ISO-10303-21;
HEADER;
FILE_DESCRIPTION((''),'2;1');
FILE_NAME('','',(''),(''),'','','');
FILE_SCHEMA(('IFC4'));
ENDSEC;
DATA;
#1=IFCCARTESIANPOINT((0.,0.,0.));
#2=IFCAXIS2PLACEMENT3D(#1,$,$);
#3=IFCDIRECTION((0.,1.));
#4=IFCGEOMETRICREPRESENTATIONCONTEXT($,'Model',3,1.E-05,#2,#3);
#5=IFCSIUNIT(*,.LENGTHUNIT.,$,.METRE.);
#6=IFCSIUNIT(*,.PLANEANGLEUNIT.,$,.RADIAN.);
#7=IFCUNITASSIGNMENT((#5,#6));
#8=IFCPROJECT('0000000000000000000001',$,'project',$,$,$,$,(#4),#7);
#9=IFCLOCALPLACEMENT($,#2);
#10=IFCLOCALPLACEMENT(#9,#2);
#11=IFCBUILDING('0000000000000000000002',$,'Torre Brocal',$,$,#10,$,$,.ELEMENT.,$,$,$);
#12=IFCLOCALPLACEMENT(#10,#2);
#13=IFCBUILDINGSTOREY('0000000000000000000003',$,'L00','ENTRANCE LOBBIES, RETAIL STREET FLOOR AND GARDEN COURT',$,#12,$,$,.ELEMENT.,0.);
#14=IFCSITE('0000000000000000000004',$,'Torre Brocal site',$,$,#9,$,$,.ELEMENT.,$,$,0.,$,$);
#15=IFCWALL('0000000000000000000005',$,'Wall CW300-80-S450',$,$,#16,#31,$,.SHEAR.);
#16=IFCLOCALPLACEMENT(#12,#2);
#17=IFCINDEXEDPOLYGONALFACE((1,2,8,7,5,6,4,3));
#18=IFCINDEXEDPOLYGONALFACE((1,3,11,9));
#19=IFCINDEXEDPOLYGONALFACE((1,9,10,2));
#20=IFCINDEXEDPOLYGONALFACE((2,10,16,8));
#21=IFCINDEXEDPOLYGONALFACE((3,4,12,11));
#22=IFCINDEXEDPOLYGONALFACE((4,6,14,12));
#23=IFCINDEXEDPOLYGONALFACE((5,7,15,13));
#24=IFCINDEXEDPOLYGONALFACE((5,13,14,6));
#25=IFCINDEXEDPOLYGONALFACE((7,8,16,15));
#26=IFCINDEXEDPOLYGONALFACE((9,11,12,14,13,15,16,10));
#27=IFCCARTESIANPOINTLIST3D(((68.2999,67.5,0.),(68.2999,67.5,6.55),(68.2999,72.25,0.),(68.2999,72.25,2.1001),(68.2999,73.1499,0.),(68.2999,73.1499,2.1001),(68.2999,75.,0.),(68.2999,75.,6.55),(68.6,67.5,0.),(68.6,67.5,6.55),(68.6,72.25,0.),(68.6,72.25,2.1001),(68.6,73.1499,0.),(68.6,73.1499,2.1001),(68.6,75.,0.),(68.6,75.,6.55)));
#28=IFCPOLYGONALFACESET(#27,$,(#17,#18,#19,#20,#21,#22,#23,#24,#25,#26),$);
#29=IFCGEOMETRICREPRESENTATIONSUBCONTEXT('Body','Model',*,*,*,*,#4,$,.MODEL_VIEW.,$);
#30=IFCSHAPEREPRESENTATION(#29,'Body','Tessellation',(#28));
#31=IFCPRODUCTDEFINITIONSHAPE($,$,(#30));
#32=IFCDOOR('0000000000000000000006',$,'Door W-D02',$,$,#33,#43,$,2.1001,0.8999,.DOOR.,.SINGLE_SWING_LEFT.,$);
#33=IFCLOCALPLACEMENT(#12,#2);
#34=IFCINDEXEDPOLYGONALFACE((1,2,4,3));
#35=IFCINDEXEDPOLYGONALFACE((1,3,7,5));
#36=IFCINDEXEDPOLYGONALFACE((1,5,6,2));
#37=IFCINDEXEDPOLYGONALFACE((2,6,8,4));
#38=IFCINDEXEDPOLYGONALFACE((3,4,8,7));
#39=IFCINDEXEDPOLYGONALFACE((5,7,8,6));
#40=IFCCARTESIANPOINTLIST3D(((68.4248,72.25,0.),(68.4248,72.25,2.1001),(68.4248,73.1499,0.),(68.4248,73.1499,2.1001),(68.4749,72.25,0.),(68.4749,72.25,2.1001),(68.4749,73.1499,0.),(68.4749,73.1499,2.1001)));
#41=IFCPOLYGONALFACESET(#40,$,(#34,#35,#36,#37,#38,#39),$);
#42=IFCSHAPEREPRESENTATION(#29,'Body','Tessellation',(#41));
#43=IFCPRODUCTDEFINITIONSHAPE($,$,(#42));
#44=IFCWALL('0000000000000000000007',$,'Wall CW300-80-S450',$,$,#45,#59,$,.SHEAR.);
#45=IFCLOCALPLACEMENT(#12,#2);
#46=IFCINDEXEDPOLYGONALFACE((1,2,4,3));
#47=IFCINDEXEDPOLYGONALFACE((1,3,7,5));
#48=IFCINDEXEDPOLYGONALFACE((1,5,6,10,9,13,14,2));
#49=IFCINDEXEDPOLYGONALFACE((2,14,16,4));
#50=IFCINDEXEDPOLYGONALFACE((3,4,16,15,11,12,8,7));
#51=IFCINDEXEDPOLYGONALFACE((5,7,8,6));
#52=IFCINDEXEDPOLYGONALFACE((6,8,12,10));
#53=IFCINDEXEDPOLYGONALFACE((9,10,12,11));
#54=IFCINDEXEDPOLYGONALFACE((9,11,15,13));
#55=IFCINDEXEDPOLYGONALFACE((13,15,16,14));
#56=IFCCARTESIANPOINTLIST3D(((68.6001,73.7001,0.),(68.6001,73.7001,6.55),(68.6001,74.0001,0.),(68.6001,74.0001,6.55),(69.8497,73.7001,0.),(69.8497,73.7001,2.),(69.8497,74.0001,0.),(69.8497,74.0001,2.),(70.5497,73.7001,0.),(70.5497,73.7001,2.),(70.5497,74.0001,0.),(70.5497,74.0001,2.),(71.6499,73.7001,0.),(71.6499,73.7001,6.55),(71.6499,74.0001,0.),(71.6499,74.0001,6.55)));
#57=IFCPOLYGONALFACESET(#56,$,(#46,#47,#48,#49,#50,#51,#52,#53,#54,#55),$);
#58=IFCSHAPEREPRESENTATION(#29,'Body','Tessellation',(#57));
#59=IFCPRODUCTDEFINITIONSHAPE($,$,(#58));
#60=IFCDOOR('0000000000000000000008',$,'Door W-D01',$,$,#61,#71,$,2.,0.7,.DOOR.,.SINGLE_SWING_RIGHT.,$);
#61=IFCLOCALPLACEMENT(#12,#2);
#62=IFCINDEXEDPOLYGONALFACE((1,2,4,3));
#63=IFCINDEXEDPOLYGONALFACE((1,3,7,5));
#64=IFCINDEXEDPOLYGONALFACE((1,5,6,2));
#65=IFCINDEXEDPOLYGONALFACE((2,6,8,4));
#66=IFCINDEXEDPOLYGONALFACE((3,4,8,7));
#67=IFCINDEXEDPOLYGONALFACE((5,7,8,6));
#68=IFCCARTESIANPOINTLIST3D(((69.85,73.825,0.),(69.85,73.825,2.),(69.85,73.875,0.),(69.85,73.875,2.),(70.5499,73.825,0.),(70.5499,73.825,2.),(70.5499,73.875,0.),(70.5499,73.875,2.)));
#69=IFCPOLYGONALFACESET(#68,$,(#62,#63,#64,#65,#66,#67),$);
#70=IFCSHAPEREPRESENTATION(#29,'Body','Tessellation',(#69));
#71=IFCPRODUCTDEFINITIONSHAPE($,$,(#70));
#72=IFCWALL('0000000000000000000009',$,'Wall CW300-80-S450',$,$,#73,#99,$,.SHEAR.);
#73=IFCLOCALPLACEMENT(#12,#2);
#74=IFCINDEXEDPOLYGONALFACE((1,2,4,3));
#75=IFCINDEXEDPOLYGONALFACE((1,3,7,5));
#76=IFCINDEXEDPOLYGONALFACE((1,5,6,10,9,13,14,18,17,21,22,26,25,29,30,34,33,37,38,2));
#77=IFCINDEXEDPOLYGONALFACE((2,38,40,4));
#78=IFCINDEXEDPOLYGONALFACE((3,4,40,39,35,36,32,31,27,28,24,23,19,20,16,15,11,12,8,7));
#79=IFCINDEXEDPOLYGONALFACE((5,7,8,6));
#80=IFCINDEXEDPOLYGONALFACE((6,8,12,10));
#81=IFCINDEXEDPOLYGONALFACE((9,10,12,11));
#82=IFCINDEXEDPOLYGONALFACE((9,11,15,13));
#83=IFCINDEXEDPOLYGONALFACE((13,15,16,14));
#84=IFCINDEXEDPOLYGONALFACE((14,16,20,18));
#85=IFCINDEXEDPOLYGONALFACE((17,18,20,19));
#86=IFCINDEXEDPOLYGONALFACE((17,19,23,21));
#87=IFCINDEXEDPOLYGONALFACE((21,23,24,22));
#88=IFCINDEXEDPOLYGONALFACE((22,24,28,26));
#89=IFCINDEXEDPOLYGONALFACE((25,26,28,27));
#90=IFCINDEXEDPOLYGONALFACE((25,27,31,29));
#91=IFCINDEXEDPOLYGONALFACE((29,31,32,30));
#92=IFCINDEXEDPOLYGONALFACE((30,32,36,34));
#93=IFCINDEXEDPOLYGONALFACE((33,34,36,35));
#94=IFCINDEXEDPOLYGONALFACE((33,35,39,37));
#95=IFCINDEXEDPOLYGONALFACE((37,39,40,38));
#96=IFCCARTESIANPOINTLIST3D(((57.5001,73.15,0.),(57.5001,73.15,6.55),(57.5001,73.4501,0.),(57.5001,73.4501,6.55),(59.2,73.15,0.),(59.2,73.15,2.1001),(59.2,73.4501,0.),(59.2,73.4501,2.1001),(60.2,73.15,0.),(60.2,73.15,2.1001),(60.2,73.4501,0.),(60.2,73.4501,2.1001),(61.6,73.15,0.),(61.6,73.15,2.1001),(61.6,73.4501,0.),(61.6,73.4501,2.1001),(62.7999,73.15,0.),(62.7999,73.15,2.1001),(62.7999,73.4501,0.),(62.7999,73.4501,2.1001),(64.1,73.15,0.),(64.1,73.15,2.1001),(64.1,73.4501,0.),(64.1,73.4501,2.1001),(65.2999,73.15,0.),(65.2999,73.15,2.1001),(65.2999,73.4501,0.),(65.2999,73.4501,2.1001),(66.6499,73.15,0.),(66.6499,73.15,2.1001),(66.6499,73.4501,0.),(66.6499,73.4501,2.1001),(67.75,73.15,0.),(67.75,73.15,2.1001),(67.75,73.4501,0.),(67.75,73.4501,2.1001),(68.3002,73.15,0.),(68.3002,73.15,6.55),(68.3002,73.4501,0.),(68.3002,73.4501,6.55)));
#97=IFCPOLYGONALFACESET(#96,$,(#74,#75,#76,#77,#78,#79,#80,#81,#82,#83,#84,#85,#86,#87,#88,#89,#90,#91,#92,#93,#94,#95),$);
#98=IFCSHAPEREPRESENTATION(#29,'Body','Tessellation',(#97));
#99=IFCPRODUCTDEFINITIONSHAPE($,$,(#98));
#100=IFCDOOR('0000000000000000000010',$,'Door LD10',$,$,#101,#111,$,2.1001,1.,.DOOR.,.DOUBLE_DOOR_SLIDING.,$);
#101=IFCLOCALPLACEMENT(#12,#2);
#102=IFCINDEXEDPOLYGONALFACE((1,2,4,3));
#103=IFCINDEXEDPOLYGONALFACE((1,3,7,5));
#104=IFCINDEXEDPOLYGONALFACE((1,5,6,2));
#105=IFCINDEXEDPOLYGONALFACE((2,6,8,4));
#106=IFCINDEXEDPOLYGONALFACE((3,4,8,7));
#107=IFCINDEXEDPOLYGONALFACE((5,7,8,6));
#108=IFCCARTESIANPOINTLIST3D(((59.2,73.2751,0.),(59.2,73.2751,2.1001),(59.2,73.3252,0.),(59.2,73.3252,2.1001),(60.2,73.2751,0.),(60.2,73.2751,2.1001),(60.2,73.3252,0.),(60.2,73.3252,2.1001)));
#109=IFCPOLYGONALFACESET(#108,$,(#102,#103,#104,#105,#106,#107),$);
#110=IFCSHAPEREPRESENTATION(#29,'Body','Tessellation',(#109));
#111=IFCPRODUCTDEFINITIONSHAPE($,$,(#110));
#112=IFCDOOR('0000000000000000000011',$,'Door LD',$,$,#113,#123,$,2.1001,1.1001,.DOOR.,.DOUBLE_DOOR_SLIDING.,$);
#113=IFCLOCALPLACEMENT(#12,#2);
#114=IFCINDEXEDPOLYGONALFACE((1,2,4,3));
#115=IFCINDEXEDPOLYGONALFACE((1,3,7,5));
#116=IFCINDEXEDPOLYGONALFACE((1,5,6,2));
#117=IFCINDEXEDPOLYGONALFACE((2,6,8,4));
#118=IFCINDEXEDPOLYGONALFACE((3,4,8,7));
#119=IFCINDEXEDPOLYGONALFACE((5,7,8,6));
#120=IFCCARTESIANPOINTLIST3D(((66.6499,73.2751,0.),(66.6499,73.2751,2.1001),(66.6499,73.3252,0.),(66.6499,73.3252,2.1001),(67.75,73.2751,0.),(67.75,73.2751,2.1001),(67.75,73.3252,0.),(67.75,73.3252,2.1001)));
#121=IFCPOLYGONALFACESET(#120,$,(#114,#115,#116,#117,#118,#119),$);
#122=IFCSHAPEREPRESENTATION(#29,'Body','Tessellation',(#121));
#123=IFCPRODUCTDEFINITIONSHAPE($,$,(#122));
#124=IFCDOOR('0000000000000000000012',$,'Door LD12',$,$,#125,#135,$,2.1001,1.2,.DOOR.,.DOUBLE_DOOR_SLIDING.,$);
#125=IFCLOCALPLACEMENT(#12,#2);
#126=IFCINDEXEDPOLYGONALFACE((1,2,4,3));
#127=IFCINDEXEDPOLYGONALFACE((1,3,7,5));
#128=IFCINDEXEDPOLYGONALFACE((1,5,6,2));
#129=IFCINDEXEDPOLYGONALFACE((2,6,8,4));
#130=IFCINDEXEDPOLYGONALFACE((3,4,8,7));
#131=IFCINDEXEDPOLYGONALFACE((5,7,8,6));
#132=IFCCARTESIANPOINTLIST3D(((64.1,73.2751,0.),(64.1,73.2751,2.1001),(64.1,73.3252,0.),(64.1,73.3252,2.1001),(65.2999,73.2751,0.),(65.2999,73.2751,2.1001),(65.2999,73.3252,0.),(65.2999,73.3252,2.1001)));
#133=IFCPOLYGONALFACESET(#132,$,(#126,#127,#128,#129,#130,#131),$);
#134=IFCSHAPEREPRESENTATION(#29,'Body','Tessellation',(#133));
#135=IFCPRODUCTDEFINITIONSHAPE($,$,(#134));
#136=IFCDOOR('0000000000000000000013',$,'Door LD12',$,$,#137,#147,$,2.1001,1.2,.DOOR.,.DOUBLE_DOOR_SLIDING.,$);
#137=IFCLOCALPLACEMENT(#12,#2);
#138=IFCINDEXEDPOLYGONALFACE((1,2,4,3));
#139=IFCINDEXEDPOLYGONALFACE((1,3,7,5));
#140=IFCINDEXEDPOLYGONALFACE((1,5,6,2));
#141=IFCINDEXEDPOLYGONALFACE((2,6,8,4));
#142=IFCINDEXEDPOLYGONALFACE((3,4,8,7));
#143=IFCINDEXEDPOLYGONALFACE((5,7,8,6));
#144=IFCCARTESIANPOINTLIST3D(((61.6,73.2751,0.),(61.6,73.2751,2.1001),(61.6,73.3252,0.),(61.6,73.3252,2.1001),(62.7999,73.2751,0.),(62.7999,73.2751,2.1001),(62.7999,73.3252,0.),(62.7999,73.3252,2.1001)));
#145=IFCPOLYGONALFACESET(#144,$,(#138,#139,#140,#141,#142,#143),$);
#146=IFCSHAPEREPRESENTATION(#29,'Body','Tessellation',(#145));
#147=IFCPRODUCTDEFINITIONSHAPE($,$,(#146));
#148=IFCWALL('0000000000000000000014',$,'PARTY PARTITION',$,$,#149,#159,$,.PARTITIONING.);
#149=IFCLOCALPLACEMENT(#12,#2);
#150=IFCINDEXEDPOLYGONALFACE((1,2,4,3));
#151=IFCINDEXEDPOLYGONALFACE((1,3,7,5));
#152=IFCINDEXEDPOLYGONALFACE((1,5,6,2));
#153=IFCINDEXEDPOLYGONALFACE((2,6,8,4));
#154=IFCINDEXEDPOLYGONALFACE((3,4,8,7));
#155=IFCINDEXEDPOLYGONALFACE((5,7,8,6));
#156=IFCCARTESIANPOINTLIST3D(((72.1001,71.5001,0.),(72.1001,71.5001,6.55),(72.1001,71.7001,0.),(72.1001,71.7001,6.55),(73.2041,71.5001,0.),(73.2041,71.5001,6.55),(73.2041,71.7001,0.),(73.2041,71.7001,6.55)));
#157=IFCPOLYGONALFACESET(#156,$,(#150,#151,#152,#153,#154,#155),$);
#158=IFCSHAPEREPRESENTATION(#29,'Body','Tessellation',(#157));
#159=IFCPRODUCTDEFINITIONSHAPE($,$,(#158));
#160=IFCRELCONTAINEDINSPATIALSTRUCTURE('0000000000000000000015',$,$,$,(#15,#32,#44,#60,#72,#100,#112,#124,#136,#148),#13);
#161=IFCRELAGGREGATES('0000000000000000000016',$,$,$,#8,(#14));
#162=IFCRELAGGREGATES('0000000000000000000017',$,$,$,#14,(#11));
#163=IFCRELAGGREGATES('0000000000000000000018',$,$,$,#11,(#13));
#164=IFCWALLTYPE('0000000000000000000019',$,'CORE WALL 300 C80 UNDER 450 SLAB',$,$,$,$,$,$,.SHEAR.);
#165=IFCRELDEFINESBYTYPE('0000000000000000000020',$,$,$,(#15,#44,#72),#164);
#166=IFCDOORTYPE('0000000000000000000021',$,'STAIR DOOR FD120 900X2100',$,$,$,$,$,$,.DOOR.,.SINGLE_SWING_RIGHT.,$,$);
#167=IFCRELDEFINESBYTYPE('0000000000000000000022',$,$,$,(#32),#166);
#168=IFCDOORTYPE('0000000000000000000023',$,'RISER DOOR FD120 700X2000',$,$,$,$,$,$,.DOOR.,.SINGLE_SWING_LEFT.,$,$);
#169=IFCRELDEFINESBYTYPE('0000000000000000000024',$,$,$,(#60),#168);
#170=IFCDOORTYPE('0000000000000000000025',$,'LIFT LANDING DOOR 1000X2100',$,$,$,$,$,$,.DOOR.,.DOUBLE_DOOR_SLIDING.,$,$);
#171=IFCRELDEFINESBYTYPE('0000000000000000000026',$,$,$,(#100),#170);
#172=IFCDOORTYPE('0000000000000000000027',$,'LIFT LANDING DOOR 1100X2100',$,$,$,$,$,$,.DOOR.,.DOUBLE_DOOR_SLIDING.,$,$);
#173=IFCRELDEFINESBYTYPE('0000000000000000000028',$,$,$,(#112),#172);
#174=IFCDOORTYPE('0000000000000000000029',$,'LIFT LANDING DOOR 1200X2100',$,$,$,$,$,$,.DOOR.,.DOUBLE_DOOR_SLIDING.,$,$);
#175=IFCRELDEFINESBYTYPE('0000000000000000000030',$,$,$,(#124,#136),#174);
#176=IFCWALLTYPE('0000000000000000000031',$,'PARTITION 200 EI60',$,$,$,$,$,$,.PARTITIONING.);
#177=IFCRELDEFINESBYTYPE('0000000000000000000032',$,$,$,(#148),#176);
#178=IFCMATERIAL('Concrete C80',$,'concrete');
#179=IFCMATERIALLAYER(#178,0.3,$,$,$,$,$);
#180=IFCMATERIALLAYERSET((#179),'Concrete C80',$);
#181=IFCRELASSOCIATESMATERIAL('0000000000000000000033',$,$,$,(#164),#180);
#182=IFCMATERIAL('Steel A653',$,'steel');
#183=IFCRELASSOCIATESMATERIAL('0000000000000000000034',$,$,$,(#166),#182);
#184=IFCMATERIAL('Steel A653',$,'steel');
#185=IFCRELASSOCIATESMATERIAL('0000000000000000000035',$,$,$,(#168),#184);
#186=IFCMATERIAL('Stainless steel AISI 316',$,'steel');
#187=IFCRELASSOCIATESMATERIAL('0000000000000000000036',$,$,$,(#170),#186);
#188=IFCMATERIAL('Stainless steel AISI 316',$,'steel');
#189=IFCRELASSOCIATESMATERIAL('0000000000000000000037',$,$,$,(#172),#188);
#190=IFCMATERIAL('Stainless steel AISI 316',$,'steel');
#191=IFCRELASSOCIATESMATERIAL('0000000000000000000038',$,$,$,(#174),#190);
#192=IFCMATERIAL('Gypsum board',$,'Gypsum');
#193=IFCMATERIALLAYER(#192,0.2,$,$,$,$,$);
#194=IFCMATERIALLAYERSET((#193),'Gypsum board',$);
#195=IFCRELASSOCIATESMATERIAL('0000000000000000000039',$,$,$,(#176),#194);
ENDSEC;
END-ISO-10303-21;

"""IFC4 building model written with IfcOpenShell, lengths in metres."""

from ifc_helpers import new_model, si_unit, direction, frame, frame_2d, origin, place, context, subcontext, project, spatial, rectangle, extrude, material, layer, layer_set, type_object, element, fill, save


model = new_model("IFC4")

# Units and contexts
model_context = context("Model", 3, precision=1e-05, world=origin(), true_north=direction((0.0, 1.0)))
body_context = subcontext(model_context, "Body", "Model", "MODEL_VIEW")
ifc_project = project(units=[si_unit("LENGTHUNIT", "METRE"), si_unit("PLANEANGLEUNIT", "RADIAN")], contexts=[model_context])

# Site, building, storey
site_placement = place(None, origin())
site = spatial("IfcSite", under=ifc_project, at=site_placement, Name="Torre Brocal site", CompositionType="ELEMENT", RefElevation=0.0)
building_placement = place(site_placement, origin())
building = spatial("IfcBuilding", under=site, at=building_placement, Name="Torre Brocal", CompositionType="ELEMENT")
storey_placement = place(building_placement, origin())
storey = spatial("IfcBuildingStorey", under=building, at=storey_placement, Name="L00", Description="ENTRANCE LOBBIES, RETAIL STREET FLOOR AND GARDEN COURT", CompositionType="ELEMENT", Elevation=0.0)

# Walls, openings, doors
ifc_material_1 = material(Name="Concrete C80", Category="concrete")
ifc_layer_1 = layer(ifc_material_1, 0.3)
ifc_layer_set_1 = layer_set([ifc_layer_1], Name="Concrete C80")
wall_type_1 = type_object("IfcWallType", Name="CORE WALL 300 C80 UNDER 450 SLAB", PredefinedType="SHEAR", material=ifc_layer_set_1)
wall_1_placement = place(storey_placement, frame((68.45, 75.0, 0.0), z_axis=(0.0, 0.0, 1.0), x_axis=(0.0, -1.0, 0.0)))
wall_1 = element("IfcWall", 1, at=wall_1_placement, inside=storey, type_object=wall_type_1, Name="Wall CW300-80-S450", PredefinedType="SHEAR", context=body_context, shape_type="SweptSolid", body=[
    extrude(rectangle(XDim=7.5, YDim=0.3, at=frame_2d((3.75, 0.0))), origin(), (0.0, 0.0, 1.0), 6.55),
])
opening_1_placement = place(wall_1_placement, frame((1.8501, 0.0, 0.0)))
opening_1 = element("IfcOpeningElement", 2, at=opening_1_placement, cuts=wall_1, PredefinedType="OPENING", context=body_context, shape_type="SweptSolid", body=[
    extrude(rectangle(XDim=0.8999, YDim=2.1001, at=frame_2d((0.45, 1.05))), frame((0.0, 0.1599, 0.0), z_axis=(0.0, -1.0, 0.0), x_axis=(1.0, 0.0, 0.0)), (0.0, 0.0, 1.0), 0.3201),
])
ifc_material_2 = material(Name="Steel A653", Category="steel")
door_type_1 = type_object("IfcDoorType", Name="STAIR DOOR FD120 900X2100", OperationType="SINGLE_SWING_RIGHT", PredefinedType="DOOR", material=ifc_material_2)
door_1_placement = place(opening_1_placement, origin())
door_1 = element("IfcDoor", 3, at=door_1_placement, inside=storey, type_object=door_type_1, Name="Door W-D02", OperationType="SINGLE_SWING_LEFT", OverallHeight=2.1001, OverallWidth=0.8999, PredefinedType="DOOR", context=body_context, shape_type="SweptSolid", body=[
    extrude(rectangle(XDim=0.8999, YDim=2.1001, at=frame_2d((0.45, 1.05))), frame((0.0, 0.0249, 0.0), z_axis=(0.0, -1.0, 0.0), x_axis=(1.0, 0.0, 0.0)), (0.0, 0.0, 1.0), 0.05),
])
fill(opening_1, door_1)
wall_2_placement = place(storey_placement, frame((71.6499, 73.8501, 0.0), z_axis=(0.0, 0.0, 1.0), x_axis=(-1.0, 0.0, 0.0)))
wall_2 = element("IfcWall", 4, at=wall_2_placement, inside=storey, type_object=wall_type_1, Name="Wall CW300-80-S450", PredefinedType="SHEAR", context=body_context, shape_type="SweptSolid", body=[
    extrude(rectangle(XDim=3.0498, YDim=0.3, at=frame_2d((1.5249, 0.0))), origin(), (0.0, 0.0, 1.0), 6.55),
])
opening_2_placement = place(wall_2_placement, frame((1.1001, 0.0, 0.0)))
opening_2 = element("IfcOpeningElement", 5, at=opening_2_placement, cuts=wall_2, PredefinedType="OPENING", context=body_context, shape_type="SweptSolid", body=[
    extrude(rectangle(XDim=0.7, YDim=2.0, at=frame_2d((0.3501, 1.0))), frame((0.0, 0.1599, 0.0), z_axis=(0.0, -1.0, 0.0), x_axis=(1.0, 0.0, 0.0)), (0.0, 0.0, 1.0), 0.3201),
])
ifc_material_3 = material(Name="Steel A653", Category="steel")
door_type_2 = type_object("IfcDoorType", Name="RISER DOOR FD120 700X2000", OperationType="SINGLE_SWING_LEFT", PredefinedType="DOOR", material=ifc_material_3)
door_2_placement = place(opening_2_placement, frame((0.7, 0.0, 0.0), z_axis=(0.0, 0.0, 1.0), x_axis=(-1.0, 0.0, 0.0)))
door_2 = element("IfcDoor", 6, at=door_2_placement, inside=storey, type_object=door_type_2, Name="Door W-D01", OperationType="SINGLE_SWING_RIGHT", OverallHeight=2.0, OverallWidth=0.7, PredefinedType="DOOR", context=body_context, shape_type="SweptSolid", body=[
    extrude(rectangle(XDim=0.7, YDim=2.0, at=frame_2d((0.3501, 1.0))), frame((0.0, 0.0249, 0.0), z_axis=(0.0, -1.0, 0.0), x_axis=(1.0, 0.0, 0.0)), (0.0, 0.0, 1.0), 0.05),
])
fill(opening_2, door_2)

# Wall, openings, doors
wall_3_placement = place(storey_placement, frame((68.3, 73.3, 0.0), z_axis=(0.0, 0.0, 1.0), x_axis=(-1.0, 0.0, 0.0)))
wall_3 = element("IfcWall", 7, at=wall_3_placement, inside=storey, type_object=wall_type_1, Name="Wall CW300-80-S450", PredefinedType="SHEAR", context=body_context, shape_type="SweptSolid", body=[
    extrude(rectangle(XDim=10.8, YDim=0.3, at=frame_2d((5.3999, 0.0))), origin(), (0.0, 0.0, 1.0), 6.55),
])
opening_3_placement = place(wall_3_placement, frame((0.55, 0.0, 0.0)))
opening_3 = element("IfcOpeningElement", 8, at=opening_3_placement, cuts=wall_3, PredefinedType="OPENING", context=body_context, shape_type="SweptSolid", body=[
    extrude(rectangle(XDim=1.1001, YDim=2.1001, at=frame_2d((0.55, 1.05))), frame((0.0, 0.1599, 0.0), z_axis=(0.0, -1.0, 0.0), x_axis=(1.0, 0.0, 0.0)), (0.0, 0.0, 1.0), 0.3201),
])
opening_4_placement = place(wall_3_placement, frame((3.0, 0.0, 0.0)))
opening_4 = element("IfcOpeningElement", 9, at=opening_4_placement, cuts=wall_3, PredefinedType="OPENING", context=body_context, shape_type="SweptSolid", body=[
    extrude(rectangle(XDim=1.2, YDim=2.1001, at=frame_2d((0.6001, 1.05))), frame((0.0, 0.1599, 0.0), z_axis=(0.0, -1.0, 0.0), x_axis=(1.0, 0.0, 0.0)), (0.0, 0.0, 1.0), 0.3201),
])
opening_5_placement = place(wall_3_placement, frame((5.5, 0.0, 0.0)))
opening_5 = element("IfcOpeningElement", 10, at=opening_5_placement, cuts=wall_3, PredefinedType="OPENING", context=body_context, shape_type="SweptSolid", body=[
    extrude(rectangle(XDim=1.2, YDim=2.1001, at=frame_2d((0.6001, 1.05))), frame((0.0, 0.1599, 0.0), z_axis=(0.0, -1.0, 0.0), x_axis=(1.0, 0.0, 0.0)), (0.0, 0.0, 1.0), 0.3201),
])
opening_6_placement = place(wall_3_placement, frame((8.1001, 0.0, 0.0)))
opening_6 = element("IfcOpeningElement", 11, at=opening_6_placement, cuts=wall_3, PredefinedType="OPENING", context=body_context, shape_type="SweptSolid", body=[
    extrude(rectangle(XDim=1.0, YDim=2.1001, at=frame_2d((0.5, 1.05))), frame((0.0, 0.1599, 0.0), z_axis=(0.0, -1.0, 0.0), x_axis=(1.0, 0.0, 0.0)), (0.0, 0.0, 1.0), 0.3201),
])
ifc_material_4 = material(Name="Stainless steel AISI 316", Category="steel")
door_type_3 = type_object("IfcDoorType", Name="LIFT LANDING DOOR 1000X2100", OperationType="DOUBLE_DOOR_SLIDING", PredefinedType="DOOR", material=ifc_material_4)
door_3_placement = place(opening_6_placement, origin())
door_3 = element("IfcDoor", 12, at=door_3_placement, inside=storey, type_object=door_type_3, Name="Door LD10", OperationType="DOUBLE_DOOR_SLIDING", OverallHeight=2.1001, OverallWidth=1.0, PredefinedType="DOOR", context=body_context, shape_type="SweptSolid", body=[
    extrude(rectangle(XDim=1.0, YDim=2.1001, at=frame_2d((0.5, 1.05))), frame((0.0, 0.0249, 0.0), z_axis=(0.0, -1.0, 0.0), x_axis=(1.0, 0.0, 0.0)), (0.0, 0.0, 1.0), 0.05),
])
fill(opening_6, door_3)
ifc_material_5 = material(Name="Stainless steel AISI 316", Category="steel")
door_type_4 = type_object("IfcDoorType", Name="LIFT LANDING DOOR 1100X2100", OperationType="DOUBLE_DOOR_SLIDING", PredefinedType="DOOR", material=ifc_material_5)
door_4_placement = place(opening_3_placement, origin())
door_4 = element("IfcDoor", 13, at=door_4_placement, inside=storey, type_object=door_type_4, Name="Door LD", OperationType="DOUBLE_DOOR_SLIDING", OverallHeight=2.1001, OverallWidth=1.1001, PredefinedType="DOOR", context=body_context, shape_type="SweptSolid", body=[
    extrude(rectangle(XDim=1.1001, YDim=2.1001, at=frame_2d((0.55, 1.05))), frame((0.0, 0.0249, 0.0), z_axis=(0.0, -1.0, 0.0), x_axis=(1.0, 0.0, 0.0)), (0.0, 0.0, 1.0), 0.05),
])
fill(opening_3, door_4)
ifc_material_6 = material(Name="Stainless steel AISI 316", Category="steel")
door_type_5 = type_object("IfcDoorType", Name="LIFT LANDING DOOR 1200X2100", OperationType="DOUBLE_DOOR_SLIDING", PredefinedType="DOOR", material=ifc_material_6)
door_5_placement = place(opening_4_placement, origin())
door_5 = element("IfcDoor", 14, at=door_5_placement, inside=storey, type_object=door_type_5, Name="Door LD12", OperationType="DOUBLE_DOOR_SLIDING", OverallHeight=2.1001, OverallWidth=1.2, PredefinedType="DOOR", context=body_context, shape_type="SweptSolid", body=[
    extrude(rectangle(XDim=1.2, YDim=2.1001, at=frame_2d((0.6001, 1.05))), frame((0.0, 0.0249, 0.0), z_axis=(0.0, -1.0, 0.0), x_axis=(1.0, 0.0, 0.0)), (0.0, 0.0, 1.0), 0.05),
])
fill(opening_4, door_5)
door_6_placement = place(opening_5_placement, origin())
door_6 = element("IfcDoor", 15, at=door_6_placement, inside=storey, type_object=door_type_5, Name="Door LD12", OperationType="DOUBLE_DOOR_SLIDING", OverallHeight=2.1001, OverallWidth=1.2, PredefinedType="DOOR", context=body_context, shape_type="SweptSolid", body=[
    extrude(rectangle(XDim=1.2, YDim=2.1001, at=frame_2d((0.6001, 1.05))), frame((0.0, 0.0249, 0.0), z_axis=(0.0, -1.0, 0.0), x_axis=(1.0, 0.0, 0.0)), (0.0, 0.0, 1.0), 0.05),
])
fill(opening_5, door_6)

# Wall
ifc_material_7 = material(Name="Gypsum board", Category="Gypsum")
ifc_layer_2 = layer(ifc_material_7, 0.2)
ifc_layer_set_2 = layer_set([ifc_layer_2], Name="Gypsum board")
wall_type_2 = type_object("IfcWallType", Name="PARTITION 200 EI60", PredefinedType="PARTITIONING", material=ifc_layer_set_2)
wall_4_placement = place(storey_placement, frame((73.2041, 71.6001, 0.0), z_axis=(0.0, 0.0, 1.0), x_axis=(-1.0, 0.0, 0.0)))
element("IfcWall", 16, at=wall_4_placement, inside=storey, type_object=wall_type_2, Name="PARTY PARTITION", PredefinedType="PARTITIONING", context=body_context, shape_type="SweptSolid", body=[
    extrude(rectangle(XDim=1.104, YDim=0.2, at=frame_2d((0.552, 0.0))), origin(), (0.0, 0.0, 1.0), 6.55),
])

save(model, "model.ifc")
